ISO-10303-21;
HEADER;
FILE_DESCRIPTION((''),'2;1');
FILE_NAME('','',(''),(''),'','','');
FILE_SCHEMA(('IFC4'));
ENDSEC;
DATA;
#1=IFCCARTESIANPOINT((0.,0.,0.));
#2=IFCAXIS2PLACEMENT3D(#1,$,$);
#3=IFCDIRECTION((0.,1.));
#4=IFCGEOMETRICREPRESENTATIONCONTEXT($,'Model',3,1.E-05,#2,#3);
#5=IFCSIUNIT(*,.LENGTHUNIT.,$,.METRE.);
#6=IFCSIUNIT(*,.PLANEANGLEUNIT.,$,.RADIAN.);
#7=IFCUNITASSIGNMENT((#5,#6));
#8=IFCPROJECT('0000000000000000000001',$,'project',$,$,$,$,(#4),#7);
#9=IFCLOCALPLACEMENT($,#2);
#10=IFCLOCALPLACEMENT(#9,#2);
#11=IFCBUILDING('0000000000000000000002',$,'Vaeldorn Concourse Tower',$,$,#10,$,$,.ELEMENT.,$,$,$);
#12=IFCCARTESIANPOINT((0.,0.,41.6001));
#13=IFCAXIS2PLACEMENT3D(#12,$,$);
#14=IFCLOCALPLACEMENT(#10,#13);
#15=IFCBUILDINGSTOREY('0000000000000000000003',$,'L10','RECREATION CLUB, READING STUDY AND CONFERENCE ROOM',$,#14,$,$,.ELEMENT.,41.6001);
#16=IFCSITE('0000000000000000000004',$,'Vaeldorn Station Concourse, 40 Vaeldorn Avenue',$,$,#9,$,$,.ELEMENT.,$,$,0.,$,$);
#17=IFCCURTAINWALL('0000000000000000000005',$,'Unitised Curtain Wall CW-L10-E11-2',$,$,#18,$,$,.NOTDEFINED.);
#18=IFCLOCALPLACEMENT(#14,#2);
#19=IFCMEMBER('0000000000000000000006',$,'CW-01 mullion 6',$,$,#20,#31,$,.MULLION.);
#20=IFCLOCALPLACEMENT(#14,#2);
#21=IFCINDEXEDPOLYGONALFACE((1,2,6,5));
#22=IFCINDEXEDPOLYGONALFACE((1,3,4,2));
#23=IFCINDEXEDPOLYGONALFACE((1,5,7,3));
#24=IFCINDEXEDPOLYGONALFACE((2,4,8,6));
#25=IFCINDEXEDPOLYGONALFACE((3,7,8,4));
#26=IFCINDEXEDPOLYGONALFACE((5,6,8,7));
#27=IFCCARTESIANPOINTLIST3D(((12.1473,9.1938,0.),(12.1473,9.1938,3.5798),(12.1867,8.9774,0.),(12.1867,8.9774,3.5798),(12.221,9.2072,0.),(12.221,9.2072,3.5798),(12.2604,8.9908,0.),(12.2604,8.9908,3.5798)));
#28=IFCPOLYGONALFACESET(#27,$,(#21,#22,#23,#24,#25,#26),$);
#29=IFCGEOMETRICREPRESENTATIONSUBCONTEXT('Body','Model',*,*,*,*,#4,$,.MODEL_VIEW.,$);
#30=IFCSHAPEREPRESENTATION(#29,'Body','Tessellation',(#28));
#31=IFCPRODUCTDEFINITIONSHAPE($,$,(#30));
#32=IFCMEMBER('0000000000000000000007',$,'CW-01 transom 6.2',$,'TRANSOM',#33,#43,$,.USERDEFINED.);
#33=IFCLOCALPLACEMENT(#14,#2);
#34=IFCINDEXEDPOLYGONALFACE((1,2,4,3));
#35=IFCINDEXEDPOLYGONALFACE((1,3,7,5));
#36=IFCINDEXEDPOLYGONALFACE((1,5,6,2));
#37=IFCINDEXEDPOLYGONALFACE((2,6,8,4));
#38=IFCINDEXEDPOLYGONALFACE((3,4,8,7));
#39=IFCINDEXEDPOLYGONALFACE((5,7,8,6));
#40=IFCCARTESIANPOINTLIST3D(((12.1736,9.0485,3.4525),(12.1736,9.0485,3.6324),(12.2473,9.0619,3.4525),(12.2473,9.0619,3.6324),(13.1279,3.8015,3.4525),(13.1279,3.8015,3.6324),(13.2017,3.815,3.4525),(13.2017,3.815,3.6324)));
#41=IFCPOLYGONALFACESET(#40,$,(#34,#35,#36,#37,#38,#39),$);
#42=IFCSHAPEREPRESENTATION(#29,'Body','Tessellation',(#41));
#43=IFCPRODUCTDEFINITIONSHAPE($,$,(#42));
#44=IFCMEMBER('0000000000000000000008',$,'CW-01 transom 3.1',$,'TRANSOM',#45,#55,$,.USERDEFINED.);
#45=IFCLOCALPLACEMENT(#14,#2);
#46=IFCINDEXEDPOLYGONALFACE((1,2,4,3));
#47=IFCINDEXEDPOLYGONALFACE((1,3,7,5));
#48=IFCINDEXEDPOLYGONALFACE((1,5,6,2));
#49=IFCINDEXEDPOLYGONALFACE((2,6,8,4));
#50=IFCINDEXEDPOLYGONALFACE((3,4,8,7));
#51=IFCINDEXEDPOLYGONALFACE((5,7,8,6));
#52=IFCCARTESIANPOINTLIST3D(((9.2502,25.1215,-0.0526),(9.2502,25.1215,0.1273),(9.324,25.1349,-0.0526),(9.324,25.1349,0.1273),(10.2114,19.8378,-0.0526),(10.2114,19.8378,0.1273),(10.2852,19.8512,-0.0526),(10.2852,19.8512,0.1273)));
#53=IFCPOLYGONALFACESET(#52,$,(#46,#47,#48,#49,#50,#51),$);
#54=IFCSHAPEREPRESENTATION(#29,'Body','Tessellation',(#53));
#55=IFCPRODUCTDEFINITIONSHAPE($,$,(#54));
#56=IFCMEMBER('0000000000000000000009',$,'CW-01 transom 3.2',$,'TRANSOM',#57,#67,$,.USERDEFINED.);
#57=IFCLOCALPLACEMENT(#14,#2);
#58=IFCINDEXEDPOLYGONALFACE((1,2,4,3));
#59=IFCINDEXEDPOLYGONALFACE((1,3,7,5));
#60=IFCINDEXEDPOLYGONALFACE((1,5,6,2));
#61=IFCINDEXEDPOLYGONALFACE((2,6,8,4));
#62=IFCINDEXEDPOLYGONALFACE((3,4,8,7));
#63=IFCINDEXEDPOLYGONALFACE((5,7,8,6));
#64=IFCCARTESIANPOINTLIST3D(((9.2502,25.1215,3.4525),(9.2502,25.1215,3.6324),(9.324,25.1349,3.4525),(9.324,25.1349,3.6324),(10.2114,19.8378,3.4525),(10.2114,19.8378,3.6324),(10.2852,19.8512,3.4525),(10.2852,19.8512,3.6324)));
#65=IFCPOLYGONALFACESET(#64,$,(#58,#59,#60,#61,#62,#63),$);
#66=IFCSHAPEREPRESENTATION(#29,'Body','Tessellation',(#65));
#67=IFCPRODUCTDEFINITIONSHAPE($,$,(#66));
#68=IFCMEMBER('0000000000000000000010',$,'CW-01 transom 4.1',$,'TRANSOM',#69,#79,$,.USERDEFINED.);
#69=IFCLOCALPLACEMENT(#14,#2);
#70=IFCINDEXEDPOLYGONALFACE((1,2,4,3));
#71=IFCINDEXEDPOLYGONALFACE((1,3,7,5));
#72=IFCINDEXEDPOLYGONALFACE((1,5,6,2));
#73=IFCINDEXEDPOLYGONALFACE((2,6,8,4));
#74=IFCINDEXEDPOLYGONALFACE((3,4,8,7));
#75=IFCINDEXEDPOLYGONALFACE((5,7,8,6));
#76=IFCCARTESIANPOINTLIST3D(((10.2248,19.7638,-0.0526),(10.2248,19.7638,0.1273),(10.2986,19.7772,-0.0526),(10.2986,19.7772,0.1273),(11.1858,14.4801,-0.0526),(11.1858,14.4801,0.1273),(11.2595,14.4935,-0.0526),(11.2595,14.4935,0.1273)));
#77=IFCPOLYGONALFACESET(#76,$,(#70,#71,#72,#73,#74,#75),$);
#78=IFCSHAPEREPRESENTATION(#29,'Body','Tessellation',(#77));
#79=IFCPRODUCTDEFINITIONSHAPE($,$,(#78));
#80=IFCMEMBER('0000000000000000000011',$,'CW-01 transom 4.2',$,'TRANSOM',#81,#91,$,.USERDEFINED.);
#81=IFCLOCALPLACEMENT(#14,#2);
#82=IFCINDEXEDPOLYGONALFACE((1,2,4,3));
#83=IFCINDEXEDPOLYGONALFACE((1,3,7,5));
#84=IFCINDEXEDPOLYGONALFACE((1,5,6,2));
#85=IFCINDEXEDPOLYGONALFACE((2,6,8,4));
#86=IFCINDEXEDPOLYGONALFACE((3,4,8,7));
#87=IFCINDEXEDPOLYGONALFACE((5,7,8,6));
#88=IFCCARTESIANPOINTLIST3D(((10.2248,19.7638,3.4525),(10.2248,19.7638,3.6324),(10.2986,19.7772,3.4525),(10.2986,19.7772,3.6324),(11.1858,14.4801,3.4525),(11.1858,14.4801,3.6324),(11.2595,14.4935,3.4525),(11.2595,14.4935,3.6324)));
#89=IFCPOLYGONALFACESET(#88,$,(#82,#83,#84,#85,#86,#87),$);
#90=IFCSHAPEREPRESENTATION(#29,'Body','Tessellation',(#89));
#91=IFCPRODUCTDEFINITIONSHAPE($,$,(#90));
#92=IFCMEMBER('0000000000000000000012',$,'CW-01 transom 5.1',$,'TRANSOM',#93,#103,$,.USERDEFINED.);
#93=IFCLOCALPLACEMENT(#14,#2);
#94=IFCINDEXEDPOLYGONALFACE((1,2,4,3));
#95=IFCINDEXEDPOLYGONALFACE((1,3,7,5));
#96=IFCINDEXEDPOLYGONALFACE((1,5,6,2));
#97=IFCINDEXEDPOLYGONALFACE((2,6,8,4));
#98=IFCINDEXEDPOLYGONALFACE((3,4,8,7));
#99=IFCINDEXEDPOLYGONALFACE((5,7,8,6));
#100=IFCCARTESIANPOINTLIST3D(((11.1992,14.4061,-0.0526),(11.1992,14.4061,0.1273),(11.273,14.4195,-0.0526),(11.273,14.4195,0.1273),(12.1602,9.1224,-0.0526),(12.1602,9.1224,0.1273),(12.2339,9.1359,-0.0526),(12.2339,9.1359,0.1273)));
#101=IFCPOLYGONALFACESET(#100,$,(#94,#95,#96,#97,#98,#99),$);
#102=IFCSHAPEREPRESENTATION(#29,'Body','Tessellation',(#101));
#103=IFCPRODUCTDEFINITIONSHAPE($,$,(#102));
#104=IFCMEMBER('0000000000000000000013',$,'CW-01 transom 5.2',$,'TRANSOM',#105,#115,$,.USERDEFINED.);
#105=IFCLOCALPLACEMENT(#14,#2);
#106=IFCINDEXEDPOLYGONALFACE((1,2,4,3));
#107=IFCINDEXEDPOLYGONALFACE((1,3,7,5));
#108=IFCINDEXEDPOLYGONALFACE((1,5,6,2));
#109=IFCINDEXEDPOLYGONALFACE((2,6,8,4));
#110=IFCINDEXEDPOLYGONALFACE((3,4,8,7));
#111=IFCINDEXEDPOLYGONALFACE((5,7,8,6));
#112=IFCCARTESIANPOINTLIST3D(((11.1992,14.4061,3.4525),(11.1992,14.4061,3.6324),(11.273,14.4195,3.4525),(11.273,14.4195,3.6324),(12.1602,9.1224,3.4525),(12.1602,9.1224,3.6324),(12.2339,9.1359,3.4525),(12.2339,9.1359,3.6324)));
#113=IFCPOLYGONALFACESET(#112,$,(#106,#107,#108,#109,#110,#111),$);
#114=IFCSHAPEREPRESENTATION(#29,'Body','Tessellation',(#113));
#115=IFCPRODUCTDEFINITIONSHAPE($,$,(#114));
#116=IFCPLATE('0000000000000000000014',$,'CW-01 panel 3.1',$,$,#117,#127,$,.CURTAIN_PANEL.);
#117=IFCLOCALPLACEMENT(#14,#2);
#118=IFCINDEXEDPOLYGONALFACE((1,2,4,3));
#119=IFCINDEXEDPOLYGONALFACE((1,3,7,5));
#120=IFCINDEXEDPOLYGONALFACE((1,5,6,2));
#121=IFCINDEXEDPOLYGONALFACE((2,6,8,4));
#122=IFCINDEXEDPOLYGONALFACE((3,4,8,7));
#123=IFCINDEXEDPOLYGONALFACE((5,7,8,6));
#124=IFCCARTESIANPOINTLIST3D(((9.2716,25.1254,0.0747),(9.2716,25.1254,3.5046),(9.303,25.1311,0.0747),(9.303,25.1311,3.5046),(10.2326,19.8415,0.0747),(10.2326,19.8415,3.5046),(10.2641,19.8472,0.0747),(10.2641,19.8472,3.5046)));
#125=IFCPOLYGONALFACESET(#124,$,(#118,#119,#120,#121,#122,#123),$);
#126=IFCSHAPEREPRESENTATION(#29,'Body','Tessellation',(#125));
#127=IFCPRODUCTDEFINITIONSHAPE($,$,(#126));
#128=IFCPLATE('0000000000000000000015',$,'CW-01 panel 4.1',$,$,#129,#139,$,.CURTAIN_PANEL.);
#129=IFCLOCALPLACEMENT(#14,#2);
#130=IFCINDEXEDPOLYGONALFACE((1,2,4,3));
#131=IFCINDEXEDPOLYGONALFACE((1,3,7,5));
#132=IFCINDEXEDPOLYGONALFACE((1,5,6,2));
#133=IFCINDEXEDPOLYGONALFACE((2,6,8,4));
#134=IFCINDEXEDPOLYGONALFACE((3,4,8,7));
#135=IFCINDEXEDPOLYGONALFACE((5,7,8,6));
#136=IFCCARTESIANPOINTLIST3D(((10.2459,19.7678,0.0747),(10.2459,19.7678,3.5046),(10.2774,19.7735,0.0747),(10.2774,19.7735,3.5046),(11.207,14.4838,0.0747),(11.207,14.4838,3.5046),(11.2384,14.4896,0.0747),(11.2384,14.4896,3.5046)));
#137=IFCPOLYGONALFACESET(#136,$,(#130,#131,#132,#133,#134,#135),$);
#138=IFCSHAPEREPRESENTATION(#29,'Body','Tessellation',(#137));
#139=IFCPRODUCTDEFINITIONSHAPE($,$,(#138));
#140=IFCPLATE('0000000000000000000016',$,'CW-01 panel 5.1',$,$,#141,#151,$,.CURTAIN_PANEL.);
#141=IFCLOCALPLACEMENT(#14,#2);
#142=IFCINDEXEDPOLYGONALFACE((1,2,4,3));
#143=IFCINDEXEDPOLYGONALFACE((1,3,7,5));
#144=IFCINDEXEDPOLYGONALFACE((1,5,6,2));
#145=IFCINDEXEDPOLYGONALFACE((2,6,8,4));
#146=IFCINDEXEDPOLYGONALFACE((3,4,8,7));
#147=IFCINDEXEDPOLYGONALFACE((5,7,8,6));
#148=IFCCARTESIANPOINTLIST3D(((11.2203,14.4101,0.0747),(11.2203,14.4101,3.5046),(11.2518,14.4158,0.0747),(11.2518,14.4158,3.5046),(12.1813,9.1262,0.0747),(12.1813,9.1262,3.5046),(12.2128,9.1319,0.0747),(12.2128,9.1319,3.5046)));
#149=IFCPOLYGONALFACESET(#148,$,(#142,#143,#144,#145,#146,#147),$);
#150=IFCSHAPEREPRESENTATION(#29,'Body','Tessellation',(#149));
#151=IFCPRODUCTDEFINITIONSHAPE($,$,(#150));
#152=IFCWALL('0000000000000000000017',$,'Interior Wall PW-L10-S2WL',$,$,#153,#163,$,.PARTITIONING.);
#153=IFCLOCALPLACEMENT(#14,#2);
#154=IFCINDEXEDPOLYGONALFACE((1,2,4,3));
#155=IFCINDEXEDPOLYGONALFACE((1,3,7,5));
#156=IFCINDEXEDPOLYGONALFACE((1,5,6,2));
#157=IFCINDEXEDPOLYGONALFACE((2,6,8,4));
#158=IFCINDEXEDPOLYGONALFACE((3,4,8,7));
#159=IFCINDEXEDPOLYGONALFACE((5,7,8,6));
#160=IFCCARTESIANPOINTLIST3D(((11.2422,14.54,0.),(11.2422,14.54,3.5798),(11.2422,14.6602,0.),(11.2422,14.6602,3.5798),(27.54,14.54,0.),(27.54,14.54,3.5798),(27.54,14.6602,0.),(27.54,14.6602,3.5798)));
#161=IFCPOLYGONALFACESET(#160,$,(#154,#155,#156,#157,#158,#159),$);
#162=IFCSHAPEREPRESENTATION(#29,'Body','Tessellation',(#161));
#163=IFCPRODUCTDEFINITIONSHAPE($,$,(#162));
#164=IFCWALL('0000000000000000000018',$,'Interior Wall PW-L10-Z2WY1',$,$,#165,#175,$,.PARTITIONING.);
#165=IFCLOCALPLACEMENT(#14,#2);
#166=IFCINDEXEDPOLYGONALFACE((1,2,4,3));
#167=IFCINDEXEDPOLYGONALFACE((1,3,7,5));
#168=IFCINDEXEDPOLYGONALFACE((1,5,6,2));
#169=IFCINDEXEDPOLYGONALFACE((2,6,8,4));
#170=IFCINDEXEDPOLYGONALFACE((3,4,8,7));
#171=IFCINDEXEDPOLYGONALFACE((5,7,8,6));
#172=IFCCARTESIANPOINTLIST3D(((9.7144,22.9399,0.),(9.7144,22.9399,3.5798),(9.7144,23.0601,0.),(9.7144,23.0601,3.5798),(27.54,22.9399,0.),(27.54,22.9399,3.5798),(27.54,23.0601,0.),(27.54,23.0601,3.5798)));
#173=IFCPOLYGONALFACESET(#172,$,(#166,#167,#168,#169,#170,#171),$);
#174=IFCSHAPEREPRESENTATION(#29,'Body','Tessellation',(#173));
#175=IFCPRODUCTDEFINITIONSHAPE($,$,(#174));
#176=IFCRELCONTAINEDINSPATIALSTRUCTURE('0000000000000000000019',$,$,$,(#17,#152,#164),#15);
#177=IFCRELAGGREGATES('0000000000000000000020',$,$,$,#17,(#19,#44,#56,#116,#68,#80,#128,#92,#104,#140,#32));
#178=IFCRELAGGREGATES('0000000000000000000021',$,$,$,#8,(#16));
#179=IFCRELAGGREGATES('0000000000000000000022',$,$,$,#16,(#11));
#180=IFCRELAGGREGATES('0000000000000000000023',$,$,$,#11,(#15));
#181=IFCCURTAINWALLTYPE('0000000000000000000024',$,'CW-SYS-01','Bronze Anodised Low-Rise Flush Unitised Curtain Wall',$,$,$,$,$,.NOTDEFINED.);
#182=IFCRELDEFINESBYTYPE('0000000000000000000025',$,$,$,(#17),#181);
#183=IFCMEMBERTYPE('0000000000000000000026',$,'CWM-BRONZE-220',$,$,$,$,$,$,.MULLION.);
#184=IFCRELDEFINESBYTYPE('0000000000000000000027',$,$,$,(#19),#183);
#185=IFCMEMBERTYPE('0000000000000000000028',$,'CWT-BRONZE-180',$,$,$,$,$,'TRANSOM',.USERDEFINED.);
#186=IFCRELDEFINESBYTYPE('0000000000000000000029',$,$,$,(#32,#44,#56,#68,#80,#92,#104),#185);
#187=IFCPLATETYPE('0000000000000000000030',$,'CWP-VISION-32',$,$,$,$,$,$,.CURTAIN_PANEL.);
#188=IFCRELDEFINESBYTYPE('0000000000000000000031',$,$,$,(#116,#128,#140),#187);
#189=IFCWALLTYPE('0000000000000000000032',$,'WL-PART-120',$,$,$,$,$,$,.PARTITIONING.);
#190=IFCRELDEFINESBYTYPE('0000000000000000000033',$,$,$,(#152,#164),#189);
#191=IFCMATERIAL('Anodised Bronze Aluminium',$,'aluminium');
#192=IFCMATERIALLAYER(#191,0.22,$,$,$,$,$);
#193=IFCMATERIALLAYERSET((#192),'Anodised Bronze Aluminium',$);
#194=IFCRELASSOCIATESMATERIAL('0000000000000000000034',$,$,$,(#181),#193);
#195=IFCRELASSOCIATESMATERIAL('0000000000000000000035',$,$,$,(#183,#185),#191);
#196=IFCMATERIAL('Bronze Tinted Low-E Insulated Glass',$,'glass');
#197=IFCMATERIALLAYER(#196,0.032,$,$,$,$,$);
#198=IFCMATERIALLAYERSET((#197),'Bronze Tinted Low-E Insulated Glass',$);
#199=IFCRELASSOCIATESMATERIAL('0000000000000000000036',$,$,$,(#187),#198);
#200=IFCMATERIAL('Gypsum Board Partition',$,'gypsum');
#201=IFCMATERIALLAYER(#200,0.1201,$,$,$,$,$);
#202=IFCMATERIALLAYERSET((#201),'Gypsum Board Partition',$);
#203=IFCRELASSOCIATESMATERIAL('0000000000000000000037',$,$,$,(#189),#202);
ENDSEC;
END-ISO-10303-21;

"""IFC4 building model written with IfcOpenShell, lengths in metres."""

from ifc_helpers import new_model, si_unit, direction, frame, frame_2d, origin, origin_2d, place, context, subcontext, project, spatial, rectangle, extrude, source, transform, mapped, material, layer, layer_set, material_profile, profile_set, type_object, element, aggregate, save


model = new_model("IFC4")

# Units and contexts
model_context = context("Model", 3, precision=1e-05, world=origin(), true_north=direction((0.0, 1.0)))
body_context = subcontext(model_context, "Body", "Model", "MODEL_VIEW")
ifc_project = project(units=[si_unit("LENGTHUNIT", "METRE"), si_unit("PLANEANGLEUNIT", "RADIAN")], contexts=[model_context])

# Site, building, storey
site_placement = place(None, origin())
site = spatial("IfcSite", under=ifc_project, at=site_placement, Name="Vaeldorn Station Concourse, 40 Vaeldorn Avenue", CompositionType="ELEMENT", RefElevation=0.0)
building_placement = place(site_placement, origin())
building = spatial("IfcBuilding", under=site, at=building_placement, Name="Vaeldorn Concourse Tower", CompositionType="ELEMENT")
storey_placement = place(building_placement, frame((0.0, 0.0, 41.6001)))
storey = spatial("IfcBuildingStorey", under=building, at=storey_placement, Name="L10", Description="RECREATION CLUB, READING STUDY AND CONFERENCE ROOM", CompositionType="ELEMENT", Elevation=41.6001)

# Curtain wall, members, plates
ifc_material_1 = material(Name="Anodised Bronze Aluminium", Category="aluminium")
ifc_layer_1 = layer(ifc_material_1, 0.22)
ifc_layer_set_1 = layer_set([ifc_layer_1], Name="Anodised Bronze Aluminium")
curtain_wall_type = type_object("IfcCurtainWallType", Name="CW-SYS-01", Description="Bronze Anodised Low-Rise Flush Unitised Curtain Wall", PredefinedType="NOTDEFINED", material=ifc_layer_set_1)
curtain_wall_placement = place(storey_placement, origin())
curtain_wall = element("IfcCurtainWall", 1, at=curtain_wall_placement, inside=storey, type_object=curtain_wall_type, Name="Unitised Curtain Wall CW-L10-E11-2", PredefinedType="NOTDEFINED")
ifc_material_profile_1 = material_profile(ifc_material_1, rectangle(XDim=0.075, YDim=0.22, at=origin_2d()), Name="CWM 75x220")
ifc_profile_set_1 = profile_set([ifc_material_profile_1], Name="Anodised Bronze Aluminium")
member_type_1 = type_object("IfcMemberType", Name="CWM-BRONZE-220", PredefinedType="MULLION", material=ifc_profile_set_1)
shared_shape_1 = source(origin(), body_context, "Body", "SweptSolid", [
    extrude(rectangle(XDim=0.075, YDim=0.22, at=origin_2d()), origin(), (0.0, 0.0, 1.0), 3.5798),
])
member_1_placement = place(storey_placement, frame((12.2039, 9.0923, 0.0), z_axis=(0.0, 0.0, 1.0), x_axis=(0.983859, 0.178944, 0.0)))
member_1 = element("IfcMember", 2, at=member_1_placement, type_object=member_type_1, Name="CW-01 mullion 6", PredefinedType="MULLION", context=body_context, shape_type="MappedRepresentation", body=[
    mapped(shared_shape_1, transform((0.0, 0.0, 0.0), scale=1.0)),
])
ifc_material_profile_2 = material_profile(ifc_material_1, rectangle(XDim=0.075, YDim=0.1799, at=origin_2d()), Name="CWT 75x180")
ifc_profile_set_2 = profile_set([ifc_material_profile_2], Name="Anodised Bronze Aluminium")
member_type_2 = type_object("IfcMemberType", Name="CWT-BRONZE-180", ElementType="TRANSOM", PredefinedType="USERDEFINED", material=ifc_profile_set_2)
shared_shape_2 = source(origin(), body_context, "Body", "SweptSolid", [
    extrude(rectangle(XDim=0.075, YDim=0.1799, at=origin_2d()), origin(), (0.0, 0.0, 1.0), 5.333),
])
member_2_placement = place(storey_placement, frame((12.2104, 9.0552, 3.5425), z_axis=(0.178954, -0.983857, 0.0), x_axis=(0.983857, 0.178954, 0.0)))
member_2 = element("IfcMember", 3, at=member_2_placement, type_object=member_type_2, Name="CW-01 transom 6.2", ObjectType="TRANSOM", PredefinedType="USERDEFINED", context=body_context, shape_type="MappedRepresentation", body=[
    mapped(shared_shape_2, transform((0.0, 0.0, 0.0), scale=1.0)),
])
shared_shape_3 = source(origin(), body_context, "Body", "SweptSolid", [
    extrude(rectangle(XDim=0.075, YDim=0.1799, at=origin_2d()), origin(), (0.0, 0.0, 1.0), 5.3704),
])
member_3_placement = place(storey_placement, frame((9.2871, 25.1282, 0.0374), z_axis=(0.178977, -0.983853, 0.0), x_axis=(0.983853, 0.178977, 0.0)))
member_3 = element("IfcMember", 4, at=member_3_placement, type_object=member_type_2, Name="CW-01 transom 3.1", ObjectType="TRANSOM", PredefinedType="USERDEFINED", context=body_context, shape_type="MappedRepresentation", body=[
    mapped(shared_shape_3, transform((0.0, 0.0, 0.0), scale=1.0)),
])
member_4_placement = place(storey_placement, frame((9.2871, 25.1282, 3.5425), z_axis=(0.178977, -0.983853, 0.0), x_axis=(0.983853, 0.178977, 0.0)))
member_4 = element("IfcMember", 5, at=member_4_placement, type_object=member_type_2, Name="CW-01 transom 3.2", ObjectType="TRANSOM", PredefinedType="USERDEFINED", context=body_context, shape_type="MappedRepresentation", body=[
    mapped(shared_shape_3, transform((0.0, 0.0, 0.0), scale=1.0)),
])
member_5_placement = place(storey_placement, frame((10.2617, 19.7705, 0.0374), z_axis=(0.178933, -0.983861, 0.0), x_axis=(0.983861, 0.178933, 0.0)))
member_5 = element("IfcMember", 6, at=member_5_placement, type_object=member_type_2, Name="CW-01 transom 4.1", ObjectType="TRANSOM", PredefinedType="USERDEFINED", context=body_context, shape_type="MappedRepresentation", body=[
    mapped(shared_shape_3, transform((0.0, 0.0, 0.0), scale=1.0)),
])
member_6_placement = place(storey_placement, frame((10.2617, 19.7705, 3.5425), z_axis=(0.178933, -0.983861, 0.0), x_axis=(0.983861, 0.178933, 0.0)))
member_6 = element("IfcMember", 7, at=member_6_placement, type_object=member_type_2, Name="CW-01 transom 4.2", ObjectType="TRANSOM", PredefinedType="USERDEFINED", context=body_context, shape_type="MappedRepresentation", body=[
    mapped(shared_shape_3, transform((0.0, 0.0, 0.0), scale=1.0)),
])
member_7_placement = place(storey_placement, frame((11.2361, 14.4128, 0.0374), z_axis=(0.178933, -0.983861, 0.0), x_axis=(0.983861, 0.178933, 0.0)))
member_7 = element("IfcMember", 8, at=member_7_placement, type_object=member_type_2, Name="CW-01 transom 5.1", ObjectType="TRANSOM", PredefinedType="USERDEFINED", context=body_context, shape_type="MappedRepresentation", body=[
    mapped(shared_shape_3, transform((0.0, 0.0, 0.0), scale=1.0)),
])
member_8_placement = place(storey_placement, frame((11.2361, 14.4128, 3.5425), z_axis=(0.178933, -0.983861, 0.0), x_axis=(0.983861, 0.178933, 0.0)))
member_8 = element("IfcMember", 9, at=member_8_placement, type_object=member_type_2, Name="CW-01 transom 5.2", ObjectType="TRANSOM", PredefinedType="USERDEFINED", context=body_context, shape_type="MappedRepresentation", body=[
    mapped(shared_shape_3, transform((0.0, 0.0, 0.0), scale=1.0)),
])
ifc_material_2 = material(Name="Bronze Tinted Low-E Insulated Glass", Category="glass")
ifc_layer_2 = layer(ifc_material_2, 0.032)
ifc_layer_set_2 = layer_set([ifc_layer_2], Name="Bronze Tinted Low-E Insulated Glass")
plate_type = type_object("IfcPlateType", Name="CWP-VISION-32", PredefinedType="CURTAIN_PANEL", material=ifc_layer_set_2)
shared_shape_4 = source(origin(), body_context, "Body", "SweptSolid", [
    extrude(rectangle(XDim=5.3706, YDim=0.032, at=origin_2d()), origin(), (0.0, 0.0, 1.0), 3.4299),
])
plate_1_placement = place(storey_placement, frame((9.7678, 22.4863, 0.0747), z_axis=(0.0, 0.0, 1.0), x_axis=(0.178944, -0.983859, 0.0)))
plate_1 = element("IfcPlate", 10, at=plate_1_placement, type_object=plate_type, Name="CW-01 panel 3.1", PredefinedType="CURTAIN_PANEL", context=body_context, shape_type="MappedRepresentation", body=[
    mapped(shared_shape_4, transform((0.0, 0.0, 0.0), scale=1.0)),
])
plate_2_placement = place(storey_placement, frame((10.7422, 17.1287, 0.0747), z_axis=(0.0, 0.0, 1.0), x_axis=(0.178944, -0.983859, 0.0)))
plate_2 = element("IfcPlate", 11, at=plate_2_placement, type_object=plate_type, Name="CW-01 panel 4.1", PredefinedType="CURTAIN_PANEL", context=body_context, shape_type="MappedRepresentation", body=[
    mapped(shared_shape_4, transform((0.0, 0.0, 0.0), scale=1.0)),
])
plate_3_placement = place(storey_placement, frame((11.7166, 11.771, 0.0747), z_axis=(0.0, 0.0, 1.0), x_axis=(0.178944, -0.983859, 0.0)))
plate_3 = element("IfcPlate", 12, at=plate_3_placement, type_object=plate_type, Name="CW-01 panel 5.1", PredefinedType="CURTAIN_PANEL", context=body_context, shape_type="MappedRepresentation", body=[
    mapped(shared_shape_4, transform((0.0, 0.0, 0.0), scale=1.0)),
])
aggregate(curtain_wall, [member_1, member_3, member_4, plate_1, member_5, member_6, plate_2, member_7, member_8, plate_3, member_2])

# Walls
ifc_material_3 = material(Name="Gypsum Board Partition", Category="gypsum")
ifc_layer_3 = layer(ifc_material_3, 0.1201)
ifc_layer_set_3 = layer_set([ifc_layer_3], Name="Gypsum Board Partition")
wall_type = type_object("IfcWallType", Name="WL-PART-120", PredefinedType="PARTITIONING", material=ifc_layer_set_3)
wall_1_placement = place(storey_placement, frame((11.2422, 14.6001, 0.0), z_axis=(0.0, 0.0, 1.0), x_axis=(1.0, 0.0, 0.0)))
element("IfcWall", 13, at=wall_1_placement, inside=storey, type_object=wall_type, Name="Interior Wall PW-L10-S2WL", PredefinedType="PARTITIONING", context=body_context, shape_type="SweptSolid", body=[
    extrude(rectangle(XDim=16.2979, YDim=0.1201, at=frame_2d((8.1489, 0.0))), origin(), (0.0, 0.0, 1.0), 3.5798),
])
wall_2_placement = place(storey_placement, frame((9.7144, 23.0, 0.0), z_axis=(0.0, 0.0, 1.0), x_axis=(1.0, 0.0, 0.0)))
element("IfcWall", 14, at=wall_2_placement, inside=storey, type_object=wall_type, Name="Interior Wall PW-L10-Z2WY1", PredefinedType="PARTITIONING", context=body_context, shape_type="SweptSolid", body=[
    extrude(rectangle(XDim=17.8257, YDim=0.1201, at=frame_2d((8.9128, 0.0))), origin(), (0.0, 0.0, 1.0), 3.5798),
])

save(model, "model.ifc")
